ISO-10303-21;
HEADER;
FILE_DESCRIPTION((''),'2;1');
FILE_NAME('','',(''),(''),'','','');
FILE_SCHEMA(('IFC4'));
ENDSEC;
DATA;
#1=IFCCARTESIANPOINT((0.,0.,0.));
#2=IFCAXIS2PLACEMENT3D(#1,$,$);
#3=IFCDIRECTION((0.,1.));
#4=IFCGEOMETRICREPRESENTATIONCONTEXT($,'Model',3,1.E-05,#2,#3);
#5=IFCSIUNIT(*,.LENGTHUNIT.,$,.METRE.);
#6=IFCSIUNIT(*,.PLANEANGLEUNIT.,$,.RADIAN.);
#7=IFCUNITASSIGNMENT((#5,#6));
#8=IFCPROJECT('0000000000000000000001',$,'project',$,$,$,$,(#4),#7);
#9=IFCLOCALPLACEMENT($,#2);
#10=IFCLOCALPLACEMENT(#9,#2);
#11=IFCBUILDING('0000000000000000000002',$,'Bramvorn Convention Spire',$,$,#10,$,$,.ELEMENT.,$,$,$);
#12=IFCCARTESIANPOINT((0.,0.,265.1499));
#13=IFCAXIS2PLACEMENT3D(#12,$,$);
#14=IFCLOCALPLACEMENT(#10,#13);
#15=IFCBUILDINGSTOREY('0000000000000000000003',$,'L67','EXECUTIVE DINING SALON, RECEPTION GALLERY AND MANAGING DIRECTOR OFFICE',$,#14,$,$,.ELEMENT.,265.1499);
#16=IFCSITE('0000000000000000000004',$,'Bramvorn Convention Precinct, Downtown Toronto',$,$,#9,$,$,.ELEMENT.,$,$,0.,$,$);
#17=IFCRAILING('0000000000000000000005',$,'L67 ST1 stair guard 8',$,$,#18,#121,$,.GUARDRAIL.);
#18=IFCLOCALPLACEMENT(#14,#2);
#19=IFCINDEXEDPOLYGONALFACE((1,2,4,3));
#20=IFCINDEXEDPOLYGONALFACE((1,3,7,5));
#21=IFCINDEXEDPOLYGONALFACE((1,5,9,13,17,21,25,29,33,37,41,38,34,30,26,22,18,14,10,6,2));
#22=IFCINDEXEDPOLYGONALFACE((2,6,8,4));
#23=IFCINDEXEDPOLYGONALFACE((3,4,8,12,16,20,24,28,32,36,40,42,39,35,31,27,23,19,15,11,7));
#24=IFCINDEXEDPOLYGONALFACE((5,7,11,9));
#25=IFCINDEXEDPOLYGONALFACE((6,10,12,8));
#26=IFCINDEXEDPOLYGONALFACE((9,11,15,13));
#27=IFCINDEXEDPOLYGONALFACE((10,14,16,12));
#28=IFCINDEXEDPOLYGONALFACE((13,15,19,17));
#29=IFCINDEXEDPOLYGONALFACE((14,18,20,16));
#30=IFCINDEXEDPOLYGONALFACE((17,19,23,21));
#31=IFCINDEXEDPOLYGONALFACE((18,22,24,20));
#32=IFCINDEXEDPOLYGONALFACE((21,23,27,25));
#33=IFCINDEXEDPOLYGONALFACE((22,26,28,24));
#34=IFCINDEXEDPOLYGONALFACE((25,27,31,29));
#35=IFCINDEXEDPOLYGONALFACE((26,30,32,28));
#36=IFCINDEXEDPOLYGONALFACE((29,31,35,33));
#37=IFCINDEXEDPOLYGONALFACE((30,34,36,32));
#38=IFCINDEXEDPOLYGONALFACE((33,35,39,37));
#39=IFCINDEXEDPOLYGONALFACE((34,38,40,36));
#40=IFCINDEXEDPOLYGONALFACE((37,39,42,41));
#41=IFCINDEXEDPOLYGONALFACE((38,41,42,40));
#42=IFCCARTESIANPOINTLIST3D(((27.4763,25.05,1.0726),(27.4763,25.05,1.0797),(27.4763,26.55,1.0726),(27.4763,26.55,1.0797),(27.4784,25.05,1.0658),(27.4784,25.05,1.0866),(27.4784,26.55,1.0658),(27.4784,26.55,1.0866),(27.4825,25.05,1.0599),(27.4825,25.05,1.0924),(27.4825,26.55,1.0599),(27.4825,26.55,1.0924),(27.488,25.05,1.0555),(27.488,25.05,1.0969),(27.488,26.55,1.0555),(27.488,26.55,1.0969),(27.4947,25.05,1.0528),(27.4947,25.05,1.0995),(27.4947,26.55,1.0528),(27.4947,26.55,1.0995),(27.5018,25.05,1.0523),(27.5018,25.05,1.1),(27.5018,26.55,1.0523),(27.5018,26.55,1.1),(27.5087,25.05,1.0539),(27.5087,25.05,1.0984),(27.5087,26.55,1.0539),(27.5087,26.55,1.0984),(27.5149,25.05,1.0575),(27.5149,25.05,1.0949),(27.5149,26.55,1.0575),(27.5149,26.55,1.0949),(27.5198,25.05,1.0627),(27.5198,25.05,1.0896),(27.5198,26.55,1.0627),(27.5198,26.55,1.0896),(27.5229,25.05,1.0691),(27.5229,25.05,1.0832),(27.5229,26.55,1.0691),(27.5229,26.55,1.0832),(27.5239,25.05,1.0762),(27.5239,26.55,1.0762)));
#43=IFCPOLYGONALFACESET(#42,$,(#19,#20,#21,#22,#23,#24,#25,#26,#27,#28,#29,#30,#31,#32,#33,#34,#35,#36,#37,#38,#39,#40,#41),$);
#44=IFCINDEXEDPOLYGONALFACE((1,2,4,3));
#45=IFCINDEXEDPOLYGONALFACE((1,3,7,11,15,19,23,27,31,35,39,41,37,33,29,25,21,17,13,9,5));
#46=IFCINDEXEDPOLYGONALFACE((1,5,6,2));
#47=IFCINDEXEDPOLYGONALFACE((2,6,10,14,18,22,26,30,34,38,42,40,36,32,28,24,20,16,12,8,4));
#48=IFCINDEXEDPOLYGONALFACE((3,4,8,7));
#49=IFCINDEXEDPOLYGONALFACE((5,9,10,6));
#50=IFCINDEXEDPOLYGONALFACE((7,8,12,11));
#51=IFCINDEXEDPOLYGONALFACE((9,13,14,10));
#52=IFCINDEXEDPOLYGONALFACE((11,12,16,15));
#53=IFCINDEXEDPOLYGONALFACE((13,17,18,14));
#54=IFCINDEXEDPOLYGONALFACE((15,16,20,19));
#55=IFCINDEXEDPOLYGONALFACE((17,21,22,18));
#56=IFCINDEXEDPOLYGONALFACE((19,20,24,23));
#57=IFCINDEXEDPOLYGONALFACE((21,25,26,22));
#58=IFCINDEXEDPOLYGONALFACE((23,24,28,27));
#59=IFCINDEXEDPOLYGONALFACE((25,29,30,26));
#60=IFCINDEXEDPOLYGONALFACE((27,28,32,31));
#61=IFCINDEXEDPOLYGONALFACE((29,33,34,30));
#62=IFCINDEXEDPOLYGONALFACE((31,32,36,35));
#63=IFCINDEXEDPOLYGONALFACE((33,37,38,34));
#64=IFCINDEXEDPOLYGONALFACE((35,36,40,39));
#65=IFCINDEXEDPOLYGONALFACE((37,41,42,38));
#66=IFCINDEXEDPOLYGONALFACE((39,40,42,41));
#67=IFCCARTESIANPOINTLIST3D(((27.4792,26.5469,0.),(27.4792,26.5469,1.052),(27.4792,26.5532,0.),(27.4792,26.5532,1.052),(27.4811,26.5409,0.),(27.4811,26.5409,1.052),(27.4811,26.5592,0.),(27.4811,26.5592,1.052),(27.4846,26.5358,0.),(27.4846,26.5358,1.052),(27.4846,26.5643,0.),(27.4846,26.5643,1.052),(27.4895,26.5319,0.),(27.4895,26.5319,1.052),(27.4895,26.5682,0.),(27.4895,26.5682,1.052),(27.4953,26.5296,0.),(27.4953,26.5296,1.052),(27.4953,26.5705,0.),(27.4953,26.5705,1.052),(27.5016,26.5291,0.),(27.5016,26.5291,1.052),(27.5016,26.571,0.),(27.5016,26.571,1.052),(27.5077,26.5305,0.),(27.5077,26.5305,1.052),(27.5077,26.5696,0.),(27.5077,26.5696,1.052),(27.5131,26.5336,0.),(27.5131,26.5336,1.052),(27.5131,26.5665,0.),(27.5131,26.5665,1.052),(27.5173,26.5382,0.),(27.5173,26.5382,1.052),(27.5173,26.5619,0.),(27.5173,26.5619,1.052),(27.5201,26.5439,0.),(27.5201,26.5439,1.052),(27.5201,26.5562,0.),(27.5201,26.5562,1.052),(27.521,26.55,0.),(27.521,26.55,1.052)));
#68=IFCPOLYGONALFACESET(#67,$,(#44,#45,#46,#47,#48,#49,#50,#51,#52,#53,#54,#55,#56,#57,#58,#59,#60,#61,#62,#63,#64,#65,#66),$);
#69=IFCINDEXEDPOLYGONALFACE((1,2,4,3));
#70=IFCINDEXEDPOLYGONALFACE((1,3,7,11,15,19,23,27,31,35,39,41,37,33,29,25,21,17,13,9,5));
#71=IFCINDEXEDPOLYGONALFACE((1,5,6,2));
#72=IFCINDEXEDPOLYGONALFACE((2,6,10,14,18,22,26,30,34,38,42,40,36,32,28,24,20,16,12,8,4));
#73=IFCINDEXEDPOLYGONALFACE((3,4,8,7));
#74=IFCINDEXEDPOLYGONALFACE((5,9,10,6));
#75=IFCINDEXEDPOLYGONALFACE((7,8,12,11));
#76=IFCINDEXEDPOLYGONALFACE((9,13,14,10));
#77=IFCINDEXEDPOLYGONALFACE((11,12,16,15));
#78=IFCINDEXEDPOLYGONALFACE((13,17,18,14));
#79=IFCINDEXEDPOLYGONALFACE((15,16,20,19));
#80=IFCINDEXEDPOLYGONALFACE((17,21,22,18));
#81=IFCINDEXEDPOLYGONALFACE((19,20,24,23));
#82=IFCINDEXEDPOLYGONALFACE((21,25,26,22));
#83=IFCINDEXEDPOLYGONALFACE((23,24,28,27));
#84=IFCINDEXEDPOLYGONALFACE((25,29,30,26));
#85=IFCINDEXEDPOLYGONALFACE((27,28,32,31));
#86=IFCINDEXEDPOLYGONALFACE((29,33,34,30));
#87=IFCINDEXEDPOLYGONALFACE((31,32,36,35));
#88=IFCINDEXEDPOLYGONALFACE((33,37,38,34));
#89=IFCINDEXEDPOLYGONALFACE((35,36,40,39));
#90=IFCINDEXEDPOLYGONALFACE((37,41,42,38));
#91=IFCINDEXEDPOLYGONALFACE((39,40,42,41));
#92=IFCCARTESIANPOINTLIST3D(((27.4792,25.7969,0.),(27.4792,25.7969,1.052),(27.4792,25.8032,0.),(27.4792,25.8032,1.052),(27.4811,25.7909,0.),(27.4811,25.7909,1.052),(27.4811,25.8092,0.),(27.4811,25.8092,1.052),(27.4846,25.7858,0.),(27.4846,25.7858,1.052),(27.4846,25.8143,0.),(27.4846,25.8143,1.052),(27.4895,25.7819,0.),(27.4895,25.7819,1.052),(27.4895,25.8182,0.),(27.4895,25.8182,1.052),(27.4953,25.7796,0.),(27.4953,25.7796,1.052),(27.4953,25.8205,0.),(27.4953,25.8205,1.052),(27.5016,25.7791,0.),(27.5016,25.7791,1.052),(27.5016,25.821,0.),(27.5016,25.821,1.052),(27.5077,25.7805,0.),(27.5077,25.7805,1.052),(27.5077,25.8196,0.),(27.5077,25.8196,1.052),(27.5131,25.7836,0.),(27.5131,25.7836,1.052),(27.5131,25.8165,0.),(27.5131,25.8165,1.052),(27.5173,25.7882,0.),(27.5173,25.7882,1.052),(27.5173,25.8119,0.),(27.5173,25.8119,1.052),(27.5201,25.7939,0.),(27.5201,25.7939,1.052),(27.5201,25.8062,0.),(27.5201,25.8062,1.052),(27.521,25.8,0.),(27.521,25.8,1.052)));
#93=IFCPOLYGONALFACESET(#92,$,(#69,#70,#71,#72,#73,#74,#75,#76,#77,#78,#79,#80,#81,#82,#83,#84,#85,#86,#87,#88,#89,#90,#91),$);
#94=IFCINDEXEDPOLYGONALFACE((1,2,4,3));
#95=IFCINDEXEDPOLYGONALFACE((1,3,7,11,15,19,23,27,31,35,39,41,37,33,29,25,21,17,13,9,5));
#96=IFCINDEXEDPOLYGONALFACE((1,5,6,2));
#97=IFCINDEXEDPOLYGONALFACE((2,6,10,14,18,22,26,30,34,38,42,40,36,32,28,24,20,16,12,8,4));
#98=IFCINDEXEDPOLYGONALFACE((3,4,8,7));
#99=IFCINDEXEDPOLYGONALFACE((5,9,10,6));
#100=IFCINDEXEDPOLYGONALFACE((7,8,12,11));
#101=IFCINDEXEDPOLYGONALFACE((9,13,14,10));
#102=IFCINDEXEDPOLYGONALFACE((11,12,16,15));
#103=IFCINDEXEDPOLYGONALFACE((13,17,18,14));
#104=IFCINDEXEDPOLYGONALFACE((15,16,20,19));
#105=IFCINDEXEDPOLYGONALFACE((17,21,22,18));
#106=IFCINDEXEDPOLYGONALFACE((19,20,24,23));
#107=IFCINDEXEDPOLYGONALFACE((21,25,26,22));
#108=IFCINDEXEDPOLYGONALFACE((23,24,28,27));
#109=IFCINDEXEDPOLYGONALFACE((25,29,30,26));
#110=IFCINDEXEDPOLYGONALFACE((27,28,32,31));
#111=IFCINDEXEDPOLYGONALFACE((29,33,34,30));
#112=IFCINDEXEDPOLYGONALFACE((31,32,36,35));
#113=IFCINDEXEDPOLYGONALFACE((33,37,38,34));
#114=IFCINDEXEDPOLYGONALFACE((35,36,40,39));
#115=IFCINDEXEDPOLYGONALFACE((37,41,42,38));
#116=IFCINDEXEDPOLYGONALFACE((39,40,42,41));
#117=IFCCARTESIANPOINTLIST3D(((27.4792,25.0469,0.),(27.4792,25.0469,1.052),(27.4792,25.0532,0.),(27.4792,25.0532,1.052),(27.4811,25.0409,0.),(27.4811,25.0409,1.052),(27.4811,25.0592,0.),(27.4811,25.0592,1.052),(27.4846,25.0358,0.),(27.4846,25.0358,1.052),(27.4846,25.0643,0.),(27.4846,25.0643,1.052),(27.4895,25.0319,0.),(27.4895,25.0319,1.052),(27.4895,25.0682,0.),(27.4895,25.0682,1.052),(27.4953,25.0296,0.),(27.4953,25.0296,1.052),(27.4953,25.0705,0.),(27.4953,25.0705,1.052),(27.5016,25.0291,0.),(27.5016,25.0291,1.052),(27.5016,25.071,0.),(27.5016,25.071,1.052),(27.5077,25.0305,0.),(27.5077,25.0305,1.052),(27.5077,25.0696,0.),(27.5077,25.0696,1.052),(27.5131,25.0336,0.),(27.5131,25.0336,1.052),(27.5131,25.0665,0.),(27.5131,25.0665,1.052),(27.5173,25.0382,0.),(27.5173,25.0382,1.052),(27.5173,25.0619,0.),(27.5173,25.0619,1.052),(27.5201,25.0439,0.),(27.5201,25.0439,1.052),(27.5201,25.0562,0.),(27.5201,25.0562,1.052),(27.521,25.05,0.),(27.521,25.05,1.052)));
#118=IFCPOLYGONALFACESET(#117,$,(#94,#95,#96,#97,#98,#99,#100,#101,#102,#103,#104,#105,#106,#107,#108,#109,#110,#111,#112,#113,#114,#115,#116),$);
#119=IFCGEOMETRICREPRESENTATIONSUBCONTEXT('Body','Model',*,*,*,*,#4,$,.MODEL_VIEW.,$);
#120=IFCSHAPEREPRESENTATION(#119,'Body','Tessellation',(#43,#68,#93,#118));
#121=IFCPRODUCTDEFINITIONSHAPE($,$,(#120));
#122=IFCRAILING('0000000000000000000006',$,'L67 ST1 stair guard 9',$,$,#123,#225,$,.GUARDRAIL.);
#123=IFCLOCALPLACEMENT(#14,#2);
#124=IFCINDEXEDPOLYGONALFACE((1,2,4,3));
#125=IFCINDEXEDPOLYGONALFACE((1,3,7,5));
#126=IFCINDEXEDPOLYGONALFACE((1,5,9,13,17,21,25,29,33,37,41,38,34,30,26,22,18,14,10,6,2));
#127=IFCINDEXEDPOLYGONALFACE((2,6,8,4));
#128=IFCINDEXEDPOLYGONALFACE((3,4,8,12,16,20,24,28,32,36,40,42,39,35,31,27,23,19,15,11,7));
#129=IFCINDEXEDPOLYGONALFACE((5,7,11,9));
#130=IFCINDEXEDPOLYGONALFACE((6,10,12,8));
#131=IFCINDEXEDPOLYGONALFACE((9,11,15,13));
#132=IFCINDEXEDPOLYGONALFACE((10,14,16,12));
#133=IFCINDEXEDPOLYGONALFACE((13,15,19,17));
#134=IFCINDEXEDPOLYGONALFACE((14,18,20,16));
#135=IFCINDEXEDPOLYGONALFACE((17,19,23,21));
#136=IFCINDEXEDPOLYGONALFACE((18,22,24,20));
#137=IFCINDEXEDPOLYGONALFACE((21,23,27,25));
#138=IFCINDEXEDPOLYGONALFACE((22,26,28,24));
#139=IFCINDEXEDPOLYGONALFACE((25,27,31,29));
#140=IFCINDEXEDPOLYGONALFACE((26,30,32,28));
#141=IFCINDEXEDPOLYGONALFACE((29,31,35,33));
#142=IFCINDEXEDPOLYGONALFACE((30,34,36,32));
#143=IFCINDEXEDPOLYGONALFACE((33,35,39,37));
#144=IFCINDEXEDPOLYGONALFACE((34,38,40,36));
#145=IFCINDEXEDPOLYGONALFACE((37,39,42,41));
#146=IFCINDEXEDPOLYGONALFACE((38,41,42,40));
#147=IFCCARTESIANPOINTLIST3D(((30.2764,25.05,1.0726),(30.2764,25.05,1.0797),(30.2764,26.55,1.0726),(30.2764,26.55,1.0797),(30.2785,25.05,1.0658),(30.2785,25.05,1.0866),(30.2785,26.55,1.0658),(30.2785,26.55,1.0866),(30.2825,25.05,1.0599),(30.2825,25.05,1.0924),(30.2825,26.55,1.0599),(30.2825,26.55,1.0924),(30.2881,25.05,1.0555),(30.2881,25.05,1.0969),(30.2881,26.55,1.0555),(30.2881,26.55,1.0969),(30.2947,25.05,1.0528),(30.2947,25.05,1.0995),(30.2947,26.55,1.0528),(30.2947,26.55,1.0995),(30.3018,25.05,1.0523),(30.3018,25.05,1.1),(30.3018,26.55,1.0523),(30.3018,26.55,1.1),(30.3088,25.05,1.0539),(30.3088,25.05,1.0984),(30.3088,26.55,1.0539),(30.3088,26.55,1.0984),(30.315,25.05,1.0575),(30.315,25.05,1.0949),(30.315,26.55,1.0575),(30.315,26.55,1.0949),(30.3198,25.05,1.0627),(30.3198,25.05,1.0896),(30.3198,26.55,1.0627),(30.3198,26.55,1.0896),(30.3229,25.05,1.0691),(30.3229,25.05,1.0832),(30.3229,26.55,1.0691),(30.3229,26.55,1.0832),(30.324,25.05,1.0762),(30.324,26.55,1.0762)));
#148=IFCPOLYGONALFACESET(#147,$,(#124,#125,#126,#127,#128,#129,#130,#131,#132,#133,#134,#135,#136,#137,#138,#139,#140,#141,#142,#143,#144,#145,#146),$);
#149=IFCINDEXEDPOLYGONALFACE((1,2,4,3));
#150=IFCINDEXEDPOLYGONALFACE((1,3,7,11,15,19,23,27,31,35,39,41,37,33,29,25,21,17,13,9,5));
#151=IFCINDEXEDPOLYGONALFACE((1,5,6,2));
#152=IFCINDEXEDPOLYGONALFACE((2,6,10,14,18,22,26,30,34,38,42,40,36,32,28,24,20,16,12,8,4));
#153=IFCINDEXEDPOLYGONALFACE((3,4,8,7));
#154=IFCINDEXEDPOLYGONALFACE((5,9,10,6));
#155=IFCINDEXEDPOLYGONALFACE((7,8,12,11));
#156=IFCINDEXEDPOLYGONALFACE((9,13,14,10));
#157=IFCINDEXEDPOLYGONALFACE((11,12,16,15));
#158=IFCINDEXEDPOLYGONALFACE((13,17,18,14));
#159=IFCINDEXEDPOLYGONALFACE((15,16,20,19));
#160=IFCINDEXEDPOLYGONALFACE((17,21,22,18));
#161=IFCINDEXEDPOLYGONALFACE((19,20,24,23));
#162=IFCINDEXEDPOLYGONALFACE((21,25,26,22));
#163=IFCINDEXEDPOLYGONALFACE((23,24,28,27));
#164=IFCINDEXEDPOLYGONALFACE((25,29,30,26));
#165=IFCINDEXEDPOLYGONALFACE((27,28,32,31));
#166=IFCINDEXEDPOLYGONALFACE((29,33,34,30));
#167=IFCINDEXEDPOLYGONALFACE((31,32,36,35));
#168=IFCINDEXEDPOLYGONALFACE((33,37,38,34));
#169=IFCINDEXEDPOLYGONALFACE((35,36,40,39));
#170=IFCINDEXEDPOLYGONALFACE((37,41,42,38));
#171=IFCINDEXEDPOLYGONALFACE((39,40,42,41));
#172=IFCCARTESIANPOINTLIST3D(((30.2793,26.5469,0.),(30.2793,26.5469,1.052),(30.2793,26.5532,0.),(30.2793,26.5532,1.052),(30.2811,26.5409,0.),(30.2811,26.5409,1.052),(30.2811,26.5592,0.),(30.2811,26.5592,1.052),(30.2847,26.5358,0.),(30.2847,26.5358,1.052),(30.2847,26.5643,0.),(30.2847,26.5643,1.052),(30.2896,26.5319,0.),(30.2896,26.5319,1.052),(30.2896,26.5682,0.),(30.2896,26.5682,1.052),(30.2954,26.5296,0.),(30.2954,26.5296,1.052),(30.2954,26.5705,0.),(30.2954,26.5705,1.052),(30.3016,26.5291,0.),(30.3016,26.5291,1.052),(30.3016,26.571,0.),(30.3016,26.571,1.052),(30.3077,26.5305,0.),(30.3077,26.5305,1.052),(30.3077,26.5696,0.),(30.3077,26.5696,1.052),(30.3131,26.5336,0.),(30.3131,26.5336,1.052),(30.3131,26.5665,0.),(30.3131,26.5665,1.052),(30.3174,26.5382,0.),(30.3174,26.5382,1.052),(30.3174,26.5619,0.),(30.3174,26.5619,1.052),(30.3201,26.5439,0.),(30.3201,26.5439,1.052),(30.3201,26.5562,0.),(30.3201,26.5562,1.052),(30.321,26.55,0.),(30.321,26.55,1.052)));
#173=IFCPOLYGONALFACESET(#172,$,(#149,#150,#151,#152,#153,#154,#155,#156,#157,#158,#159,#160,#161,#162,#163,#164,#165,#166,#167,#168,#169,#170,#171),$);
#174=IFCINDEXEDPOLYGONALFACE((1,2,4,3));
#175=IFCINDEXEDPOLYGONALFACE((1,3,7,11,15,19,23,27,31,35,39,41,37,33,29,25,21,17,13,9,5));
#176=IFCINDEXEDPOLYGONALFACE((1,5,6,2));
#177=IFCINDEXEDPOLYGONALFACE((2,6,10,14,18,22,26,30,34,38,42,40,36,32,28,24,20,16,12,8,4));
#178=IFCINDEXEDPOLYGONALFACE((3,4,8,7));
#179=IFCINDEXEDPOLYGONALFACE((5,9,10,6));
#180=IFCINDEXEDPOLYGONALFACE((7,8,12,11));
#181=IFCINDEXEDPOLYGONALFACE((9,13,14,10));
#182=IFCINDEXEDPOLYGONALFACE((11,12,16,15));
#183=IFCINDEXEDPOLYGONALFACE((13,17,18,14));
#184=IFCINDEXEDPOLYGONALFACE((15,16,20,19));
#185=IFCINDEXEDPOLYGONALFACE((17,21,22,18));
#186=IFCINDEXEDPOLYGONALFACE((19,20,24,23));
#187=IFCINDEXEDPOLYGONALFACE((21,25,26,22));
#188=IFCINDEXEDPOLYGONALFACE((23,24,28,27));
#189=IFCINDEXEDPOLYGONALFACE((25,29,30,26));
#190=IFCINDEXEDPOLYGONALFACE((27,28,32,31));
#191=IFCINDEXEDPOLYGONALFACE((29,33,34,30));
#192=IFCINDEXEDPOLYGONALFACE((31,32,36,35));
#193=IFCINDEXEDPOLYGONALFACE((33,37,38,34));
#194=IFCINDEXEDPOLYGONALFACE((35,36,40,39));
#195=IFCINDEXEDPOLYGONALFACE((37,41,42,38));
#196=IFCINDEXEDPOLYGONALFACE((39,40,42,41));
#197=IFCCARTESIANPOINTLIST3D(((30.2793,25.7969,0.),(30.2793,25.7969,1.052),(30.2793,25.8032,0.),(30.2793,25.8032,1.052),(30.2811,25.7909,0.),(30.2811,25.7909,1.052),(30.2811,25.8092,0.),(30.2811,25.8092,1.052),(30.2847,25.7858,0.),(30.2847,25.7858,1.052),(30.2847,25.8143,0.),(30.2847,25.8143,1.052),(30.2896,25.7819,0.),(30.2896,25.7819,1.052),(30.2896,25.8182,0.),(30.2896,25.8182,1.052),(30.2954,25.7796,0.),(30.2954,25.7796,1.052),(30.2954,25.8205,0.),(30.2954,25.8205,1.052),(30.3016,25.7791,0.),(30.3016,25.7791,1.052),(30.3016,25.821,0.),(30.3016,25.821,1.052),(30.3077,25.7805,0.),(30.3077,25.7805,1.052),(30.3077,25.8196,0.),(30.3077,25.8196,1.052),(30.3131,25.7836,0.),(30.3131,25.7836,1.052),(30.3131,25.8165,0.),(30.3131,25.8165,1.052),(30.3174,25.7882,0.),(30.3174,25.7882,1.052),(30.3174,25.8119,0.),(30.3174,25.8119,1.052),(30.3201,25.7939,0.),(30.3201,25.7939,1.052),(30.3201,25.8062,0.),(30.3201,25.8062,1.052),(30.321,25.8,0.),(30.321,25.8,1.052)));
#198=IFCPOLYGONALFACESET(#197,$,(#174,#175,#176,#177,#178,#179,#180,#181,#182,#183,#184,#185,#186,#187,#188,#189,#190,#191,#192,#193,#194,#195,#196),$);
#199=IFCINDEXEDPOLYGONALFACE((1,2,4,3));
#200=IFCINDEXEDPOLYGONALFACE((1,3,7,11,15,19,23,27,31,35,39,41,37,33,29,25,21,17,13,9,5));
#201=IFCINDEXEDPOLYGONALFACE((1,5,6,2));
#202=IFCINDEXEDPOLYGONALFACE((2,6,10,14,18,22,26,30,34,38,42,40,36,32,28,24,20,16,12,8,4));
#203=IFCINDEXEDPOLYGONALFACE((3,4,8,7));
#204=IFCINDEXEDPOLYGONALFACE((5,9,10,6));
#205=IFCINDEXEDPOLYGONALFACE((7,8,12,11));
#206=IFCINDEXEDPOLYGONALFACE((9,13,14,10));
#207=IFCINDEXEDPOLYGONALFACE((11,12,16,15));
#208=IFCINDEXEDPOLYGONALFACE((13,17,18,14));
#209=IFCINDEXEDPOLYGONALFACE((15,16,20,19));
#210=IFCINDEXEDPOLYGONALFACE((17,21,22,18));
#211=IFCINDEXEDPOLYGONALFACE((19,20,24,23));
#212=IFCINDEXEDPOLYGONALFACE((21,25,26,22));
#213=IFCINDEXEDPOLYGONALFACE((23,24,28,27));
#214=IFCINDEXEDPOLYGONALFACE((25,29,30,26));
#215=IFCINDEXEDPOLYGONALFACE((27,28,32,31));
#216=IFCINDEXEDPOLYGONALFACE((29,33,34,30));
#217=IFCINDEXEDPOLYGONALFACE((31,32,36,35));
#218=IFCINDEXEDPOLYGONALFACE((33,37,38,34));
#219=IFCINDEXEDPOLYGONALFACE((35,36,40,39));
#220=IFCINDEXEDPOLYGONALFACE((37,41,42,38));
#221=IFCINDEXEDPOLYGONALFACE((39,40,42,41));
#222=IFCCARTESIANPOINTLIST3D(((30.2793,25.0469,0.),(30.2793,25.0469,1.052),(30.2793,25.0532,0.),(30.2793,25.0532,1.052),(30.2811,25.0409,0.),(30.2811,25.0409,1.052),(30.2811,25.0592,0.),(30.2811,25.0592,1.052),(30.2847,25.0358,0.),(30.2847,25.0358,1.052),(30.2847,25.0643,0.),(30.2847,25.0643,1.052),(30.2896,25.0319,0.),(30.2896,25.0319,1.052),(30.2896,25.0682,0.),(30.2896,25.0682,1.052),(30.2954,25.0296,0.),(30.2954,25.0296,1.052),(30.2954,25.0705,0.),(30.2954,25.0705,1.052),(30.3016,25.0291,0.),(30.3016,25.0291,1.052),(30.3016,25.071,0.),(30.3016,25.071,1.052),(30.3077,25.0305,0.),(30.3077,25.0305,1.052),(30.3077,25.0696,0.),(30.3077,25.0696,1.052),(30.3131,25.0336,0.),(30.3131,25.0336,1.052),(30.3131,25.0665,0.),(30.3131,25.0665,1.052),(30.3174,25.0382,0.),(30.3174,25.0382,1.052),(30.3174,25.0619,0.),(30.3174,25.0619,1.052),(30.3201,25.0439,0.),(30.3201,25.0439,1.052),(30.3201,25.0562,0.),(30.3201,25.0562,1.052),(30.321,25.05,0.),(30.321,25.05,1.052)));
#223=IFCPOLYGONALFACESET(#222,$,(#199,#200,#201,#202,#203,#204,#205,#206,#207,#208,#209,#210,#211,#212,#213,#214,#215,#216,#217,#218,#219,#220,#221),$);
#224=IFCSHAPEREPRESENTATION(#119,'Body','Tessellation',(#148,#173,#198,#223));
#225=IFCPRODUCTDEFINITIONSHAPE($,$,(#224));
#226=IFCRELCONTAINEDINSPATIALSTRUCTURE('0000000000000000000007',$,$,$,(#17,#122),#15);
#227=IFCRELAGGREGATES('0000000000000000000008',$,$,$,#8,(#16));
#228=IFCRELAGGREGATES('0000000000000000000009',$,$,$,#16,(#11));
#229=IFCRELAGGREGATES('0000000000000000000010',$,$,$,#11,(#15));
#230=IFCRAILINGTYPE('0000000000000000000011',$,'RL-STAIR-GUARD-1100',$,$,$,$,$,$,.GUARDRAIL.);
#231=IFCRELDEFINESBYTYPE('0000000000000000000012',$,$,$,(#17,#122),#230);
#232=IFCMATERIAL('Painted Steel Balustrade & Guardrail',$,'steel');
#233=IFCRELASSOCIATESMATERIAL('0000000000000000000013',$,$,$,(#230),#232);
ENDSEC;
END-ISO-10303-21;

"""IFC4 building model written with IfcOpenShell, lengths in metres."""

from ifc_helpers import new_model, si_unit, direction, frame, origin, origin_2d, place, context, subcontext, project, spatial, circle, extrude, material, type_object, element, save


model = new_model("IFC4")

# Units and contexts
model_context = context("Model", 3, precision=1e-05, world=origin(), true_north=direction((0.0, 1.0)))
body_context = subcontext(model_context, "Body", "Model", "MODEL_VIEW")
ifc_project = project(units=[si_unit("LENGTHUNIT", "METRE"), si_unit("PLANEANGLEUNIT", "RADIAN")], contexts=[model_context])

# Site, building, storey
site_placement = place(None, origin())
site = spatial("IfcSite", under=ifc_project, at=site_placement, Name="Bramvorn Convention Precinct, Downtown Toronto", CompositionType="ELEMENT", RefElevation=0.0)
building_placement = place(site_placement, origin())
building = spatial("IfcBuilding", under=site, at=building_placement, Name="Bramvorn Convention Spire", CompositionType="ELEMENT")
storey_placement = place(building_placement, frame((0.0, 0.0, 265.1499)))
storey = spatial("IfcBuildingStorey", under=building, at=storey_placement, Name="L67", Description="EXECUTIVE DINING SALON, RECEPTION GALLERY AND MANAGING DIRECTOR OFFICE", CompositionType="ELEMENT", Elevation=265.1499)

# Railings
ifc_material_1 = material(Name="Painted Steel Balustrade & Guardrail", Category="steel")
railing_type = type_object("IfcRailingType", Name="RL-STAIR-GUARD-1100", PredefinedType="GUARDRAIL", material=ifc_material_1)
for number, where, name in (
    (1, (27.5, 26.55, 0.0), "L67 ST1 stair guard 8"),
    (2, (30.3, 26.55, 0.0), "L67 ST1 stair guard 9"),
):
    element("IfcRailing", number, at=place(storey_placement, frame(where)), inside=storey, type_object=railing_type, Name=name, PredefinedType="GUARDRAIL", context=body_context, shape_type="SweptSolid", body=[
        extrude(circle(Radius=0.0239, at=origin_2d()), frame((0.0, 0.0, 1.0762), z_axis=(0.0, -1.0, 0.0), x_axis=(1.0, 0.0, 0.0)), (0.0, 0.0, 1.0), 1.5),
        extrude(circle(Radius=0.021, at=origin_2d()), origin(), (0.0, 0.0, 1.0), 1.052),
        extrude(circle(Radius=0.021, at=origin_2d()), frame((0.0, -0.75, 0.0)), (0.0, 0.0, 1.0), 1.052),
        extrude(circle(Radius=0.021, at=origin_2d()), frame((0.0, -1.5, 0.0)), (0.0, 0.0, 1.0), 1.052),
    ])

save(model, "model.ifc")
